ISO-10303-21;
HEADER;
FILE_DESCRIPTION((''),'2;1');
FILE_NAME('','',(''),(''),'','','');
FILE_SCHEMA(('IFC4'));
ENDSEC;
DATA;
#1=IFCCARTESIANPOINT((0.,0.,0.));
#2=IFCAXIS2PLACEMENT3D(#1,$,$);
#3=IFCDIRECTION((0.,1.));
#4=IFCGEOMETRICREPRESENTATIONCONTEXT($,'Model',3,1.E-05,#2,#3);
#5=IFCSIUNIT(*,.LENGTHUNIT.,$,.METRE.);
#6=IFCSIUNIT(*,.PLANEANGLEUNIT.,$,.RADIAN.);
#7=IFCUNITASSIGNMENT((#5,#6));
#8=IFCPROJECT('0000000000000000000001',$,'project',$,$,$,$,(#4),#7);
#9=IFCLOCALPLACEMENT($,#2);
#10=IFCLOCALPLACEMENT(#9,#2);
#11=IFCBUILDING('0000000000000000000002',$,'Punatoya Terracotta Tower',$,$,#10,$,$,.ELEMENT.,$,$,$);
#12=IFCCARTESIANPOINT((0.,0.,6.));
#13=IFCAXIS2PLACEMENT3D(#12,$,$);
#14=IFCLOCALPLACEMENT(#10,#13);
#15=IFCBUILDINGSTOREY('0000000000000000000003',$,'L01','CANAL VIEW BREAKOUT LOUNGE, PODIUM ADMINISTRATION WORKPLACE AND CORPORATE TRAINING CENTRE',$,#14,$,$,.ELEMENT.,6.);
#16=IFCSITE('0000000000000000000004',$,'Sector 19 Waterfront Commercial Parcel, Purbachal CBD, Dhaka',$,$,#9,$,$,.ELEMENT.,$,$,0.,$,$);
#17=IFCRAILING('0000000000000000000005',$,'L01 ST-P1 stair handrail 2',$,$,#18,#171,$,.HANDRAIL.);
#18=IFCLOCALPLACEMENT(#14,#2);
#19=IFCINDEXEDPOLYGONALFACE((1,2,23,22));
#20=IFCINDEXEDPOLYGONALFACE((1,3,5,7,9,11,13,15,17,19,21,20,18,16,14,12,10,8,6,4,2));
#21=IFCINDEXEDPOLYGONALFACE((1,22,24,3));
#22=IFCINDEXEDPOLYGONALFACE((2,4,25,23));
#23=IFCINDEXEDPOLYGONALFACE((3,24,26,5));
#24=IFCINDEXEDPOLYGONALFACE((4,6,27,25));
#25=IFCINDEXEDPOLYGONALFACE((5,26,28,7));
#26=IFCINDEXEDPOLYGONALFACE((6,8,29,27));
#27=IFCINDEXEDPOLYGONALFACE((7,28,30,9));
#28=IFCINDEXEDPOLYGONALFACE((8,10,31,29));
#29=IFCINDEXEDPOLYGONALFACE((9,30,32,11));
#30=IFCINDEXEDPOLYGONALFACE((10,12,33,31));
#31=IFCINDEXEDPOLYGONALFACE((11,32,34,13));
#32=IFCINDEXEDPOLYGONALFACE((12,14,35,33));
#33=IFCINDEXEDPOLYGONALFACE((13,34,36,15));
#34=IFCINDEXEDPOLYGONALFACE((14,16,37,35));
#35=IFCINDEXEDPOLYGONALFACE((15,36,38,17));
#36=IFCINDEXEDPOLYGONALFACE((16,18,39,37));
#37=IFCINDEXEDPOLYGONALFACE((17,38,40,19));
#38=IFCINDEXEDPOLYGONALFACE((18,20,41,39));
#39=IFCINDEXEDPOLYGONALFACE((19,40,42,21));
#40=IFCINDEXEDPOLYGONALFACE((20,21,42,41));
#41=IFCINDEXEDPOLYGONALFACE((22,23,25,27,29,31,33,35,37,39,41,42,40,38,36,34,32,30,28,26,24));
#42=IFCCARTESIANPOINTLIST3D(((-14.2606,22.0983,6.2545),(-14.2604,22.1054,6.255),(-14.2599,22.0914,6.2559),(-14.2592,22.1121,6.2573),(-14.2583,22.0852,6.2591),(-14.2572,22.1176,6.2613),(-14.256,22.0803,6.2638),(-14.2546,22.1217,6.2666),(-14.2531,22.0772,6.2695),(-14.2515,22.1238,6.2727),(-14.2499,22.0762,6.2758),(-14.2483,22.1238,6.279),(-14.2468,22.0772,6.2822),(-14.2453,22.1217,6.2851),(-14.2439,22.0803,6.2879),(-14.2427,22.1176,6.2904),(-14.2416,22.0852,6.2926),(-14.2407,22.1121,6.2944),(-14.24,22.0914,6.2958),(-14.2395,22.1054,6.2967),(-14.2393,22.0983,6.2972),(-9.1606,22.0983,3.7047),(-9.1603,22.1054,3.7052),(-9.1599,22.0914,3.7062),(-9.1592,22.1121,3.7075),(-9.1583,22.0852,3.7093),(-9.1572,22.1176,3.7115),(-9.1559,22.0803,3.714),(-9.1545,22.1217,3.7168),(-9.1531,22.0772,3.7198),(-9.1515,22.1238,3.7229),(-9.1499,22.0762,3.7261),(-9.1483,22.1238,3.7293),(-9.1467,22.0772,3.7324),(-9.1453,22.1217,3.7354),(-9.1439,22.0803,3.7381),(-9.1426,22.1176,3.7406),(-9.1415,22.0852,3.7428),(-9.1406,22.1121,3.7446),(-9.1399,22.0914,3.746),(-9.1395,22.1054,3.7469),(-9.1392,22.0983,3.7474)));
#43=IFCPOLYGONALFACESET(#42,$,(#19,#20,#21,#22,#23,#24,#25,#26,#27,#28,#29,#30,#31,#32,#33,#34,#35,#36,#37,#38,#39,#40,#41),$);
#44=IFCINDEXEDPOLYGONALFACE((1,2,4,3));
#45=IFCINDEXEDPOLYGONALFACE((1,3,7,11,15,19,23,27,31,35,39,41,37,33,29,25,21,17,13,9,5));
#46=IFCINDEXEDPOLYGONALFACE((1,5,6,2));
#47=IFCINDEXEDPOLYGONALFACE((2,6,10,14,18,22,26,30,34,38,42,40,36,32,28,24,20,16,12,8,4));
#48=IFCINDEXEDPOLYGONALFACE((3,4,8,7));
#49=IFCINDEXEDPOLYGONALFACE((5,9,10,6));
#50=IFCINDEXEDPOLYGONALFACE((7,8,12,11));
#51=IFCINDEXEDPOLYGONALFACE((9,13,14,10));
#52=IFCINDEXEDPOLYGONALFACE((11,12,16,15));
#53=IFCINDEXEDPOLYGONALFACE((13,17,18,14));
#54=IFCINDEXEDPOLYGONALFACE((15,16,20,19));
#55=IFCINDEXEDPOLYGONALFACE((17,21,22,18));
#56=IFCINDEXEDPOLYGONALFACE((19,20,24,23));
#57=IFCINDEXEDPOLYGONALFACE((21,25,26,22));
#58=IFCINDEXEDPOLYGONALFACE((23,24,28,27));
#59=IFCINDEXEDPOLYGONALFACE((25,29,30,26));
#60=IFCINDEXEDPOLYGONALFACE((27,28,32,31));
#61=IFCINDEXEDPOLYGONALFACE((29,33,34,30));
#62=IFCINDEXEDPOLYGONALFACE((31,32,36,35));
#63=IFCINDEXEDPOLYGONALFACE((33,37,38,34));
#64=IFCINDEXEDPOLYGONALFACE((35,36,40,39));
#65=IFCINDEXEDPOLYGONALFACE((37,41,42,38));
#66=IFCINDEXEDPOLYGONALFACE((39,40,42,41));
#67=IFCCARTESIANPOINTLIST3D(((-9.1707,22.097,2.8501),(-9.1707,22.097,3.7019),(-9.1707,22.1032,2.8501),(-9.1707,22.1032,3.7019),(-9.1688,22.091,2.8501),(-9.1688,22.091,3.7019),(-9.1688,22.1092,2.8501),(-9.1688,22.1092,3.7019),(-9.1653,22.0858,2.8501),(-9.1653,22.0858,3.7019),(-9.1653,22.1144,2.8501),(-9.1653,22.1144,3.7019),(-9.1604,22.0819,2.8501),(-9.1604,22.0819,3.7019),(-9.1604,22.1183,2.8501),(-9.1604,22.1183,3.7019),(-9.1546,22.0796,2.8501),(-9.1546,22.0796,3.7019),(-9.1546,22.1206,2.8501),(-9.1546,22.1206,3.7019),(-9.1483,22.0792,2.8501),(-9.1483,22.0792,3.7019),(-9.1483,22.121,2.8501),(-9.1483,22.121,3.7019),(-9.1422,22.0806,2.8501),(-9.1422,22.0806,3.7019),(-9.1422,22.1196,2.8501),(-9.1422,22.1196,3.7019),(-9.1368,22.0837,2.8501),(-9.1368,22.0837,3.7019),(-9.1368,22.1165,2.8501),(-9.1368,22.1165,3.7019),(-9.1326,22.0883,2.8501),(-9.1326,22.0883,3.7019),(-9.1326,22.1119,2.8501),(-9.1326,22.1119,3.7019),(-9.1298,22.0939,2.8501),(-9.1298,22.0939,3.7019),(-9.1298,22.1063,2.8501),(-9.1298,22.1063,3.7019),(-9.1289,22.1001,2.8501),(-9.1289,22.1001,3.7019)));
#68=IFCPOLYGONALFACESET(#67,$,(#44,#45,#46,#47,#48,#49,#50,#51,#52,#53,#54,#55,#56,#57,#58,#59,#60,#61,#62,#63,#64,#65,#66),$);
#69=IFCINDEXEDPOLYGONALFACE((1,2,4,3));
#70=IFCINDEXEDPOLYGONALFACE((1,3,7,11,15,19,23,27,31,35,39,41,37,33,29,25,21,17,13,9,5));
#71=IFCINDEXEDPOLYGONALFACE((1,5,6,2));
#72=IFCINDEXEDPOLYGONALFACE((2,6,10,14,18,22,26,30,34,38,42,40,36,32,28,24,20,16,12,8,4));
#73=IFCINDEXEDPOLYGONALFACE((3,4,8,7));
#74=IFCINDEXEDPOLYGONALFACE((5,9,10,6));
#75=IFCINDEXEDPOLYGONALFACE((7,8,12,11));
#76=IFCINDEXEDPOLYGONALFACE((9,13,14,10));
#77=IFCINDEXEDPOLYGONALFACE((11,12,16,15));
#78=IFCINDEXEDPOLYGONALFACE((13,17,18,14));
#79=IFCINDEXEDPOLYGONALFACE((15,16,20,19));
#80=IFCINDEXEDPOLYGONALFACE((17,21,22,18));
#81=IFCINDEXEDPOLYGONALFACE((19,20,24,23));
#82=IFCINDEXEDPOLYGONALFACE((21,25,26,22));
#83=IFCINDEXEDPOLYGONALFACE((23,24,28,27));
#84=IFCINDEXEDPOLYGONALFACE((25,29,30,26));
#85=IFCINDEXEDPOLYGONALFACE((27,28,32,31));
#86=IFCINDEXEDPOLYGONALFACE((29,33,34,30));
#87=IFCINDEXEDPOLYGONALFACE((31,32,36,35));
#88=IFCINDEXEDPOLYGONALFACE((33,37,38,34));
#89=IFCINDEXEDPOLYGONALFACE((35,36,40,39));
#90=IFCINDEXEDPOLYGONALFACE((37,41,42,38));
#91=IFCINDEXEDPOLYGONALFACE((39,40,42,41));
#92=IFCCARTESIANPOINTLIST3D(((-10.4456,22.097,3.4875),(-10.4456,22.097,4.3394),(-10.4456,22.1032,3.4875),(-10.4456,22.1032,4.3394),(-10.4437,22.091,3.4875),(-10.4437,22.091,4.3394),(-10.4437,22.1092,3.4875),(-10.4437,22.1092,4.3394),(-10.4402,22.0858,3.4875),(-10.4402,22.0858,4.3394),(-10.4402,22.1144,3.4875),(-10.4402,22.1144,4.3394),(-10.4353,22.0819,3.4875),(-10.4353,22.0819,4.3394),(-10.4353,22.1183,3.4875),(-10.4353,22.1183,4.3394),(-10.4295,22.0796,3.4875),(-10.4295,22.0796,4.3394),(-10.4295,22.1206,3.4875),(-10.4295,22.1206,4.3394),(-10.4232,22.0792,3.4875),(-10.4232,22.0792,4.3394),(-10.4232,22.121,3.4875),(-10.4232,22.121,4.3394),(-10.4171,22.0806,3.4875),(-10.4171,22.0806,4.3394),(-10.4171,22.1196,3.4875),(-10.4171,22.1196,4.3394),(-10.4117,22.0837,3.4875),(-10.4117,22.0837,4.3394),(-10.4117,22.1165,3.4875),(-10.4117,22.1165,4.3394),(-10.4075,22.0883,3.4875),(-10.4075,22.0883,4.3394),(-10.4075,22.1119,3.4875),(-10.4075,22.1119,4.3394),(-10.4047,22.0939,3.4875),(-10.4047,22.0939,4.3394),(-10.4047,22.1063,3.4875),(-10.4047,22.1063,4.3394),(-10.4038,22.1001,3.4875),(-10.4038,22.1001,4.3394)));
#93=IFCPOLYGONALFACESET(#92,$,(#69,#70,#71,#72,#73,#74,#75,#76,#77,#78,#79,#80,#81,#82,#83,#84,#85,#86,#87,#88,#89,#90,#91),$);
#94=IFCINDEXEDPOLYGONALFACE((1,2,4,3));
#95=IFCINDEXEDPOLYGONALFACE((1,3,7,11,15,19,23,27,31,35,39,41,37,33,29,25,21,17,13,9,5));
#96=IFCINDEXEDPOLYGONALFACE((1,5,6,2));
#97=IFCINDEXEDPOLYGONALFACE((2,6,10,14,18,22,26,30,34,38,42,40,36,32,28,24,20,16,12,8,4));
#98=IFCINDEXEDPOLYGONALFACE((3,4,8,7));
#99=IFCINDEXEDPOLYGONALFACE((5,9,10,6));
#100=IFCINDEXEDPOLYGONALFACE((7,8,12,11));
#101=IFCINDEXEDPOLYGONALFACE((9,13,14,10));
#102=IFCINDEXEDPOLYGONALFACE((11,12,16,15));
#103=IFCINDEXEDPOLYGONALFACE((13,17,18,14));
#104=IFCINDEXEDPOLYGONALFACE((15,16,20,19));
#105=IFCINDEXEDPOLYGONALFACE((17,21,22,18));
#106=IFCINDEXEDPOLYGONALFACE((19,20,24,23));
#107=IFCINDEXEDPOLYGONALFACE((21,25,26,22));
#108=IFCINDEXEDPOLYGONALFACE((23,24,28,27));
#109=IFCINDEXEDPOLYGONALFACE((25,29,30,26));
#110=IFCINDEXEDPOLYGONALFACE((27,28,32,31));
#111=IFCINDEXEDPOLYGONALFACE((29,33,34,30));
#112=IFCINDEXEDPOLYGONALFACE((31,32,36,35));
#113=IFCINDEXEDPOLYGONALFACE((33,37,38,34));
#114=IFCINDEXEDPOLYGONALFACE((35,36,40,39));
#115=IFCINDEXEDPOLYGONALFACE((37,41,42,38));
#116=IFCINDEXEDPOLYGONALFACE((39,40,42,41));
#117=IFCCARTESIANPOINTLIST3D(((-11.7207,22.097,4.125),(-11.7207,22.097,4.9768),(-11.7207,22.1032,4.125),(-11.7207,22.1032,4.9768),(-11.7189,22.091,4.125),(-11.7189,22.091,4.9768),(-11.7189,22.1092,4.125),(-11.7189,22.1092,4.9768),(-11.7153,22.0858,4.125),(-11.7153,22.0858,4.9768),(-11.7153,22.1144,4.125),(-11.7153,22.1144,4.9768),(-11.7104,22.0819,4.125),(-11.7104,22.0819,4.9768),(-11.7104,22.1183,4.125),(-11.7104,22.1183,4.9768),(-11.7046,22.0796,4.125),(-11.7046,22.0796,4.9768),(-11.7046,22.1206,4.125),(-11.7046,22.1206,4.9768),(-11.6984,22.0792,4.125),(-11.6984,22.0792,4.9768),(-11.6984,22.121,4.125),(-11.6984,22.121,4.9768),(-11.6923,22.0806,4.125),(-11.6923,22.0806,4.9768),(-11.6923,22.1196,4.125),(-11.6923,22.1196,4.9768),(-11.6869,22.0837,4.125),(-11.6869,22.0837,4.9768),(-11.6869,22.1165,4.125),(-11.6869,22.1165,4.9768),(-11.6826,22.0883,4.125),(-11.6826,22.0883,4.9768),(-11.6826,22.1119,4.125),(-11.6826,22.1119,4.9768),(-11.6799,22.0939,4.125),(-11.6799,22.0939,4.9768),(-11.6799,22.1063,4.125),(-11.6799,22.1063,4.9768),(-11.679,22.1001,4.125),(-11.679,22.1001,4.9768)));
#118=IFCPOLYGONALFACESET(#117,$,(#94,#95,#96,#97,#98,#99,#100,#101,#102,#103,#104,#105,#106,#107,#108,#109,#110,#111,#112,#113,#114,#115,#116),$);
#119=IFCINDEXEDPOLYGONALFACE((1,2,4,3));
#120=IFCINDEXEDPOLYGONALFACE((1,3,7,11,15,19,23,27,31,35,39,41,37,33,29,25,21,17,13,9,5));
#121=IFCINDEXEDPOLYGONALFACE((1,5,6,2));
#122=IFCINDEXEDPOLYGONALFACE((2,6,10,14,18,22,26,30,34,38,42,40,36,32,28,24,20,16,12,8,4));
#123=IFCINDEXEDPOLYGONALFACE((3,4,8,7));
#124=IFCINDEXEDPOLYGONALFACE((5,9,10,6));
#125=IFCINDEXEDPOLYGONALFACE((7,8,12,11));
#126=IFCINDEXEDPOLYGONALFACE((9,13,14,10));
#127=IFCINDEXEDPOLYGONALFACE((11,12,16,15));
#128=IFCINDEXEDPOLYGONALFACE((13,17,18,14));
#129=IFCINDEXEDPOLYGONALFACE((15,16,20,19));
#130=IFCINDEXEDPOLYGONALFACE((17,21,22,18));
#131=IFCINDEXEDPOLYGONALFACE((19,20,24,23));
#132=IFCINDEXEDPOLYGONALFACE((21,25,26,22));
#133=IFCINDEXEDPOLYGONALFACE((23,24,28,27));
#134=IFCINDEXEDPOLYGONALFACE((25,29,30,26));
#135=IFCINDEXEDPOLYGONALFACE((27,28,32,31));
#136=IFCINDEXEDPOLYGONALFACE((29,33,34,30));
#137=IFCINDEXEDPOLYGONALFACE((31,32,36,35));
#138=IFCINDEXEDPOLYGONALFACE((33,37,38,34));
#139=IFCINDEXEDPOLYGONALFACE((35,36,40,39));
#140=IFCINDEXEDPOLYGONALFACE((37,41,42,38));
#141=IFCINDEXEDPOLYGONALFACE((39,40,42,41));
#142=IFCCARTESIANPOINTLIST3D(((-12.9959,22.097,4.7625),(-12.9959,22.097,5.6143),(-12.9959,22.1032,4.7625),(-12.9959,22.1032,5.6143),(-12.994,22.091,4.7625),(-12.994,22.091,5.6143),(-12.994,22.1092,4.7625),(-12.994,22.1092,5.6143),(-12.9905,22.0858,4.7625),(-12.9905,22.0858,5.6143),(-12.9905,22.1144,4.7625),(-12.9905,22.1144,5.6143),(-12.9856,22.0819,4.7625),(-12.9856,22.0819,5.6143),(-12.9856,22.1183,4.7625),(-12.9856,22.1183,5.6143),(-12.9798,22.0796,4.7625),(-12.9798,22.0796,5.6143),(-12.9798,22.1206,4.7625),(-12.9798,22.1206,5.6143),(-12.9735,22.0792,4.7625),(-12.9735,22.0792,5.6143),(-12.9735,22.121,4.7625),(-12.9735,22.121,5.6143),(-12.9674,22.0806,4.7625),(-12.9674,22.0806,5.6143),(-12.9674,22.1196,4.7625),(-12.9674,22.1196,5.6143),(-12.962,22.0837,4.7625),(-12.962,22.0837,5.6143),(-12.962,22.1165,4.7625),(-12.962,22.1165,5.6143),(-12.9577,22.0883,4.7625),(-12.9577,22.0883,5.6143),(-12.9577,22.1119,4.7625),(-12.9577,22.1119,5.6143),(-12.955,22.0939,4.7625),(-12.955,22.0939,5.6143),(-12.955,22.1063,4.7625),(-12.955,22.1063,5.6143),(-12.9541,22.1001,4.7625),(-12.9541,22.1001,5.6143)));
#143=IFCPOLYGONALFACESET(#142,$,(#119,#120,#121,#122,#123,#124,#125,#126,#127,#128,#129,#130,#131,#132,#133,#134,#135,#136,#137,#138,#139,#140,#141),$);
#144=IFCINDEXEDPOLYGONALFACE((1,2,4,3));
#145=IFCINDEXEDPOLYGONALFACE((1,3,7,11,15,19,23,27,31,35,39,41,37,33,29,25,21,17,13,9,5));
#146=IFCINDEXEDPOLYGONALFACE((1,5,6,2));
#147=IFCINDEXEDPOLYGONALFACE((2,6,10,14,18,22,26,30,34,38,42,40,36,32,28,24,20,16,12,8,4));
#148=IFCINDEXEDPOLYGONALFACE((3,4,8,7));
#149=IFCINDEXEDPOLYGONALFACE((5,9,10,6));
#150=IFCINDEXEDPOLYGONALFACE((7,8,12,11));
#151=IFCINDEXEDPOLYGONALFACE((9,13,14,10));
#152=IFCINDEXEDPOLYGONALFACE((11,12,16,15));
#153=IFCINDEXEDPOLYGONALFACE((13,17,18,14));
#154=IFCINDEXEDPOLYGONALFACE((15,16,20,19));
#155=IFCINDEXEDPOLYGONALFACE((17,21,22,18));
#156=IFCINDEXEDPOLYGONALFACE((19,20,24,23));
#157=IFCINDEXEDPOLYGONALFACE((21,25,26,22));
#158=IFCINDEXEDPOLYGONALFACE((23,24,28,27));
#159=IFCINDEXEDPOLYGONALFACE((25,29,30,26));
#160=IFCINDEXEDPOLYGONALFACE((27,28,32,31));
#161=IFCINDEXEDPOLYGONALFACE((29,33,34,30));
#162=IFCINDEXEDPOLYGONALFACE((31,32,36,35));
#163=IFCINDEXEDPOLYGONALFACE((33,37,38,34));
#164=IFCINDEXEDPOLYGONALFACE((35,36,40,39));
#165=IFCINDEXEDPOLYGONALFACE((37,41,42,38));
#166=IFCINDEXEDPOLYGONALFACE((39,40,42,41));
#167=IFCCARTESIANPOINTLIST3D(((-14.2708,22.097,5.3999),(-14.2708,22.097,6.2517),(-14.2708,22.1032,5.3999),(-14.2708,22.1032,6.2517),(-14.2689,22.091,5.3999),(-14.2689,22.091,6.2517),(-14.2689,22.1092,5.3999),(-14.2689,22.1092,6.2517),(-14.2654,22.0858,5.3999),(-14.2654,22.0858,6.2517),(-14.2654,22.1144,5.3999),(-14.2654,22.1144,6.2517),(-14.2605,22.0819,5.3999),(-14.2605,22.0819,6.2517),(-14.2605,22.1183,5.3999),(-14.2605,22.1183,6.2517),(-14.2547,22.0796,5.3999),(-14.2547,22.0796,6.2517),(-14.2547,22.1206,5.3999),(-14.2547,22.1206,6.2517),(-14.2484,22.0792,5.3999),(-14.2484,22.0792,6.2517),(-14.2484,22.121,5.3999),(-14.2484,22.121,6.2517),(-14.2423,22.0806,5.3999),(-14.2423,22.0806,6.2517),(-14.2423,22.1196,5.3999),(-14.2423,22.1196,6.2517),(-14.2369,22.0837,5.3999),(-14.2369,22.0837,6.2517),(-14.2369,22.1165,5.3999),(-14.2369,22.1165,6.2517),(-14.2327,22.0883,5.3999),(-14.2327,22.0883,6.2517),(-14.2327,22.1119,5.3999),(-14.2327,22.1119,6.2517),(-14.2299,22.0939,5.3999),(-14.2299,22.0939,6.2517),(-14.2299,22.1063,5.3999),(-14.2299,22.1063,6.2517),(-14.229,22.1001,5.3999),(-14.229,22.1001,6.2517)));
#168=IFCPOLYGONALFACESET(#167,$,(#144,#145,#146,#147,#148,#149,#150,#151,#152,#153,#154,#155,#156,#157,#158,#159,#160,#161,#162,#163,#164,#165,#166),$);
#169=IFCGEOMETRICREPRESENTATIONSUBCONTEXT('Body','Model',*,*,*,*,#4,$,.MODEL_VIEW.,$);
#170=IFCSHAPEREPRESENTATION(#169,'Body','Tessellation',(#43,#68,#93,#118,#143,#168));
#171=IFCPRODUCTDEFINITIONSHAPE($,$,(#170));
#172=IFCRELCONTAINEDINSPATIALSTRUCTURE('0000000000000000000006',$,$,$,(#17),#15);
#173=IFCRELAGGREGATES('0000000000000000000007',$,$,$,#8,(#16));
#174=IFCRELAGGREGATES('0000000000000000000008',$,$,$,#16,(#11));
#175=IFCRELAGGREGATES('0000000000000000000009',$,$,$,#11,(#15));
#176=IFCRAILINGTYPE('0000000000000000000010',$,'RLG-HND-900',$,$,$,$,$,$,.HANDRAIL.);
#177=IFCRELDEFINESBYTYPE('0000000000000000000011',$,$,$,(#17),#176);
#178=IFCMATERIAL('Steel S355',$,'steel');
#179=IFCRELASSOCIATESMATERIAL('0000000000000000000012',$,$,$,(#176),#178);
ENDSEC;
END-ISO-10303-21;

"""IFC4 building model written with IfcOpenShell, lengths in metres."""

from ifc_helpers import new_model, si_unit, direction, frame, origin, origin_2d, place, context, subcontext, project, spatial, circle, extrude, material, type_object, element, save


model = new_model("IFC4")

# Units and contexts
model_context = context("Model", 3, precision=1e-05, world=origin(), true_north=direction((0.0, 1.0)))
body_context = subcontext(model_context, "Body", "Model", "MODEL_VIEW")
ifc_project = project(units=[si_unit("LENGTHUNIT", "METRE"), si_unit("PLANEANGLEUNIT", "RADIAN")], contexts=[model_context])

# Site, building, storey
site_placement = place(None, origin())
site = spatial("IfcSite", under=ifc_project, at=site_placement, Name="Sector 19 Waterfront Commercial Parcel, Purbachal CBD, Dhaka", CompositionType="ELEMENT", RefElevation=0.0)
building_placement = place(site_placement, origin())
building = spatial("IfcBuilding", under=site, at=building_placement, Name="Punatoya Terracotta Tower", CompositionType="ELEMENT")
storey_placement = place(building_placement, frame((0.0, 0.0, 6.0)))
storey = spatial("IfcBuildingStorey", under=building, at=storey_placement, Name="L01", Description="CANAL VIEW BREAKOUT LOUNGE, PODIUM ADMINISTRATION WORKPLACE AND CORPORATE TRAINING CENTRE", CompositionType="ELEMENT", Elevation=6.0)

# Shared definitions
ifc_material_1 = material(Name="Steel S355", Category="steel")

# Railing
railing_type_1 = type_object("IfcRailingType", Name="RLG-HND-900", PredefinedType="HANDRAIL", material=ifc_material_1)
railing_1_placement = place(storey_placement, frame((-9.1499, 22.1001, 2.8501)))
element("IfcRailing", 1, at=railing_1_placement, inside=storey, type_object=railing_type_1, Name="L01 ST-P1 stair handrail 2", PredefinedType="HANDRAIL", context=body_context, shape_type="SweptSolid", body=[
    extrude(circle(Radius=0.0239, at=origin_2d()), frame((0.0, 0.0, 0.876), z_axis=(-0.894444, 0.0, 0.447179), x_axis=(0.0, -1.0, 0.0)), (0.0, 0.0, 1.0), 5.7019),
    extrude(circle(Radius=0.021, at=origin_2d()), origin(), (0.0, 0.0, 1.0), 0.8518),
    extrude(circle(Radius=0.021, at=origin_2d()), frame((-1.2749, 0.0, 0.6375)), (0.0, 0.0, 1.0), 0.8518),
    extrude(circle(Radius=0.021, at=origin_2d()), frame((-2.55, 0.0, 1.2749)), (0.0, 0.0, 1.0), 0.8518),
    extrude(circle(Radius=0.021, at=origin_2d()), frame((-3.8252, 0.0, 1.9124)), (0.0, 0.0, 1.0), 0.8518),
    extrude(circle(Radius=0.021, at=origin_2d()), frame((-5.1001, 0.0, 2.5498)), (0.0, 0.0, 1.0), 0.8518),
])

save(model, "model.ifc")
